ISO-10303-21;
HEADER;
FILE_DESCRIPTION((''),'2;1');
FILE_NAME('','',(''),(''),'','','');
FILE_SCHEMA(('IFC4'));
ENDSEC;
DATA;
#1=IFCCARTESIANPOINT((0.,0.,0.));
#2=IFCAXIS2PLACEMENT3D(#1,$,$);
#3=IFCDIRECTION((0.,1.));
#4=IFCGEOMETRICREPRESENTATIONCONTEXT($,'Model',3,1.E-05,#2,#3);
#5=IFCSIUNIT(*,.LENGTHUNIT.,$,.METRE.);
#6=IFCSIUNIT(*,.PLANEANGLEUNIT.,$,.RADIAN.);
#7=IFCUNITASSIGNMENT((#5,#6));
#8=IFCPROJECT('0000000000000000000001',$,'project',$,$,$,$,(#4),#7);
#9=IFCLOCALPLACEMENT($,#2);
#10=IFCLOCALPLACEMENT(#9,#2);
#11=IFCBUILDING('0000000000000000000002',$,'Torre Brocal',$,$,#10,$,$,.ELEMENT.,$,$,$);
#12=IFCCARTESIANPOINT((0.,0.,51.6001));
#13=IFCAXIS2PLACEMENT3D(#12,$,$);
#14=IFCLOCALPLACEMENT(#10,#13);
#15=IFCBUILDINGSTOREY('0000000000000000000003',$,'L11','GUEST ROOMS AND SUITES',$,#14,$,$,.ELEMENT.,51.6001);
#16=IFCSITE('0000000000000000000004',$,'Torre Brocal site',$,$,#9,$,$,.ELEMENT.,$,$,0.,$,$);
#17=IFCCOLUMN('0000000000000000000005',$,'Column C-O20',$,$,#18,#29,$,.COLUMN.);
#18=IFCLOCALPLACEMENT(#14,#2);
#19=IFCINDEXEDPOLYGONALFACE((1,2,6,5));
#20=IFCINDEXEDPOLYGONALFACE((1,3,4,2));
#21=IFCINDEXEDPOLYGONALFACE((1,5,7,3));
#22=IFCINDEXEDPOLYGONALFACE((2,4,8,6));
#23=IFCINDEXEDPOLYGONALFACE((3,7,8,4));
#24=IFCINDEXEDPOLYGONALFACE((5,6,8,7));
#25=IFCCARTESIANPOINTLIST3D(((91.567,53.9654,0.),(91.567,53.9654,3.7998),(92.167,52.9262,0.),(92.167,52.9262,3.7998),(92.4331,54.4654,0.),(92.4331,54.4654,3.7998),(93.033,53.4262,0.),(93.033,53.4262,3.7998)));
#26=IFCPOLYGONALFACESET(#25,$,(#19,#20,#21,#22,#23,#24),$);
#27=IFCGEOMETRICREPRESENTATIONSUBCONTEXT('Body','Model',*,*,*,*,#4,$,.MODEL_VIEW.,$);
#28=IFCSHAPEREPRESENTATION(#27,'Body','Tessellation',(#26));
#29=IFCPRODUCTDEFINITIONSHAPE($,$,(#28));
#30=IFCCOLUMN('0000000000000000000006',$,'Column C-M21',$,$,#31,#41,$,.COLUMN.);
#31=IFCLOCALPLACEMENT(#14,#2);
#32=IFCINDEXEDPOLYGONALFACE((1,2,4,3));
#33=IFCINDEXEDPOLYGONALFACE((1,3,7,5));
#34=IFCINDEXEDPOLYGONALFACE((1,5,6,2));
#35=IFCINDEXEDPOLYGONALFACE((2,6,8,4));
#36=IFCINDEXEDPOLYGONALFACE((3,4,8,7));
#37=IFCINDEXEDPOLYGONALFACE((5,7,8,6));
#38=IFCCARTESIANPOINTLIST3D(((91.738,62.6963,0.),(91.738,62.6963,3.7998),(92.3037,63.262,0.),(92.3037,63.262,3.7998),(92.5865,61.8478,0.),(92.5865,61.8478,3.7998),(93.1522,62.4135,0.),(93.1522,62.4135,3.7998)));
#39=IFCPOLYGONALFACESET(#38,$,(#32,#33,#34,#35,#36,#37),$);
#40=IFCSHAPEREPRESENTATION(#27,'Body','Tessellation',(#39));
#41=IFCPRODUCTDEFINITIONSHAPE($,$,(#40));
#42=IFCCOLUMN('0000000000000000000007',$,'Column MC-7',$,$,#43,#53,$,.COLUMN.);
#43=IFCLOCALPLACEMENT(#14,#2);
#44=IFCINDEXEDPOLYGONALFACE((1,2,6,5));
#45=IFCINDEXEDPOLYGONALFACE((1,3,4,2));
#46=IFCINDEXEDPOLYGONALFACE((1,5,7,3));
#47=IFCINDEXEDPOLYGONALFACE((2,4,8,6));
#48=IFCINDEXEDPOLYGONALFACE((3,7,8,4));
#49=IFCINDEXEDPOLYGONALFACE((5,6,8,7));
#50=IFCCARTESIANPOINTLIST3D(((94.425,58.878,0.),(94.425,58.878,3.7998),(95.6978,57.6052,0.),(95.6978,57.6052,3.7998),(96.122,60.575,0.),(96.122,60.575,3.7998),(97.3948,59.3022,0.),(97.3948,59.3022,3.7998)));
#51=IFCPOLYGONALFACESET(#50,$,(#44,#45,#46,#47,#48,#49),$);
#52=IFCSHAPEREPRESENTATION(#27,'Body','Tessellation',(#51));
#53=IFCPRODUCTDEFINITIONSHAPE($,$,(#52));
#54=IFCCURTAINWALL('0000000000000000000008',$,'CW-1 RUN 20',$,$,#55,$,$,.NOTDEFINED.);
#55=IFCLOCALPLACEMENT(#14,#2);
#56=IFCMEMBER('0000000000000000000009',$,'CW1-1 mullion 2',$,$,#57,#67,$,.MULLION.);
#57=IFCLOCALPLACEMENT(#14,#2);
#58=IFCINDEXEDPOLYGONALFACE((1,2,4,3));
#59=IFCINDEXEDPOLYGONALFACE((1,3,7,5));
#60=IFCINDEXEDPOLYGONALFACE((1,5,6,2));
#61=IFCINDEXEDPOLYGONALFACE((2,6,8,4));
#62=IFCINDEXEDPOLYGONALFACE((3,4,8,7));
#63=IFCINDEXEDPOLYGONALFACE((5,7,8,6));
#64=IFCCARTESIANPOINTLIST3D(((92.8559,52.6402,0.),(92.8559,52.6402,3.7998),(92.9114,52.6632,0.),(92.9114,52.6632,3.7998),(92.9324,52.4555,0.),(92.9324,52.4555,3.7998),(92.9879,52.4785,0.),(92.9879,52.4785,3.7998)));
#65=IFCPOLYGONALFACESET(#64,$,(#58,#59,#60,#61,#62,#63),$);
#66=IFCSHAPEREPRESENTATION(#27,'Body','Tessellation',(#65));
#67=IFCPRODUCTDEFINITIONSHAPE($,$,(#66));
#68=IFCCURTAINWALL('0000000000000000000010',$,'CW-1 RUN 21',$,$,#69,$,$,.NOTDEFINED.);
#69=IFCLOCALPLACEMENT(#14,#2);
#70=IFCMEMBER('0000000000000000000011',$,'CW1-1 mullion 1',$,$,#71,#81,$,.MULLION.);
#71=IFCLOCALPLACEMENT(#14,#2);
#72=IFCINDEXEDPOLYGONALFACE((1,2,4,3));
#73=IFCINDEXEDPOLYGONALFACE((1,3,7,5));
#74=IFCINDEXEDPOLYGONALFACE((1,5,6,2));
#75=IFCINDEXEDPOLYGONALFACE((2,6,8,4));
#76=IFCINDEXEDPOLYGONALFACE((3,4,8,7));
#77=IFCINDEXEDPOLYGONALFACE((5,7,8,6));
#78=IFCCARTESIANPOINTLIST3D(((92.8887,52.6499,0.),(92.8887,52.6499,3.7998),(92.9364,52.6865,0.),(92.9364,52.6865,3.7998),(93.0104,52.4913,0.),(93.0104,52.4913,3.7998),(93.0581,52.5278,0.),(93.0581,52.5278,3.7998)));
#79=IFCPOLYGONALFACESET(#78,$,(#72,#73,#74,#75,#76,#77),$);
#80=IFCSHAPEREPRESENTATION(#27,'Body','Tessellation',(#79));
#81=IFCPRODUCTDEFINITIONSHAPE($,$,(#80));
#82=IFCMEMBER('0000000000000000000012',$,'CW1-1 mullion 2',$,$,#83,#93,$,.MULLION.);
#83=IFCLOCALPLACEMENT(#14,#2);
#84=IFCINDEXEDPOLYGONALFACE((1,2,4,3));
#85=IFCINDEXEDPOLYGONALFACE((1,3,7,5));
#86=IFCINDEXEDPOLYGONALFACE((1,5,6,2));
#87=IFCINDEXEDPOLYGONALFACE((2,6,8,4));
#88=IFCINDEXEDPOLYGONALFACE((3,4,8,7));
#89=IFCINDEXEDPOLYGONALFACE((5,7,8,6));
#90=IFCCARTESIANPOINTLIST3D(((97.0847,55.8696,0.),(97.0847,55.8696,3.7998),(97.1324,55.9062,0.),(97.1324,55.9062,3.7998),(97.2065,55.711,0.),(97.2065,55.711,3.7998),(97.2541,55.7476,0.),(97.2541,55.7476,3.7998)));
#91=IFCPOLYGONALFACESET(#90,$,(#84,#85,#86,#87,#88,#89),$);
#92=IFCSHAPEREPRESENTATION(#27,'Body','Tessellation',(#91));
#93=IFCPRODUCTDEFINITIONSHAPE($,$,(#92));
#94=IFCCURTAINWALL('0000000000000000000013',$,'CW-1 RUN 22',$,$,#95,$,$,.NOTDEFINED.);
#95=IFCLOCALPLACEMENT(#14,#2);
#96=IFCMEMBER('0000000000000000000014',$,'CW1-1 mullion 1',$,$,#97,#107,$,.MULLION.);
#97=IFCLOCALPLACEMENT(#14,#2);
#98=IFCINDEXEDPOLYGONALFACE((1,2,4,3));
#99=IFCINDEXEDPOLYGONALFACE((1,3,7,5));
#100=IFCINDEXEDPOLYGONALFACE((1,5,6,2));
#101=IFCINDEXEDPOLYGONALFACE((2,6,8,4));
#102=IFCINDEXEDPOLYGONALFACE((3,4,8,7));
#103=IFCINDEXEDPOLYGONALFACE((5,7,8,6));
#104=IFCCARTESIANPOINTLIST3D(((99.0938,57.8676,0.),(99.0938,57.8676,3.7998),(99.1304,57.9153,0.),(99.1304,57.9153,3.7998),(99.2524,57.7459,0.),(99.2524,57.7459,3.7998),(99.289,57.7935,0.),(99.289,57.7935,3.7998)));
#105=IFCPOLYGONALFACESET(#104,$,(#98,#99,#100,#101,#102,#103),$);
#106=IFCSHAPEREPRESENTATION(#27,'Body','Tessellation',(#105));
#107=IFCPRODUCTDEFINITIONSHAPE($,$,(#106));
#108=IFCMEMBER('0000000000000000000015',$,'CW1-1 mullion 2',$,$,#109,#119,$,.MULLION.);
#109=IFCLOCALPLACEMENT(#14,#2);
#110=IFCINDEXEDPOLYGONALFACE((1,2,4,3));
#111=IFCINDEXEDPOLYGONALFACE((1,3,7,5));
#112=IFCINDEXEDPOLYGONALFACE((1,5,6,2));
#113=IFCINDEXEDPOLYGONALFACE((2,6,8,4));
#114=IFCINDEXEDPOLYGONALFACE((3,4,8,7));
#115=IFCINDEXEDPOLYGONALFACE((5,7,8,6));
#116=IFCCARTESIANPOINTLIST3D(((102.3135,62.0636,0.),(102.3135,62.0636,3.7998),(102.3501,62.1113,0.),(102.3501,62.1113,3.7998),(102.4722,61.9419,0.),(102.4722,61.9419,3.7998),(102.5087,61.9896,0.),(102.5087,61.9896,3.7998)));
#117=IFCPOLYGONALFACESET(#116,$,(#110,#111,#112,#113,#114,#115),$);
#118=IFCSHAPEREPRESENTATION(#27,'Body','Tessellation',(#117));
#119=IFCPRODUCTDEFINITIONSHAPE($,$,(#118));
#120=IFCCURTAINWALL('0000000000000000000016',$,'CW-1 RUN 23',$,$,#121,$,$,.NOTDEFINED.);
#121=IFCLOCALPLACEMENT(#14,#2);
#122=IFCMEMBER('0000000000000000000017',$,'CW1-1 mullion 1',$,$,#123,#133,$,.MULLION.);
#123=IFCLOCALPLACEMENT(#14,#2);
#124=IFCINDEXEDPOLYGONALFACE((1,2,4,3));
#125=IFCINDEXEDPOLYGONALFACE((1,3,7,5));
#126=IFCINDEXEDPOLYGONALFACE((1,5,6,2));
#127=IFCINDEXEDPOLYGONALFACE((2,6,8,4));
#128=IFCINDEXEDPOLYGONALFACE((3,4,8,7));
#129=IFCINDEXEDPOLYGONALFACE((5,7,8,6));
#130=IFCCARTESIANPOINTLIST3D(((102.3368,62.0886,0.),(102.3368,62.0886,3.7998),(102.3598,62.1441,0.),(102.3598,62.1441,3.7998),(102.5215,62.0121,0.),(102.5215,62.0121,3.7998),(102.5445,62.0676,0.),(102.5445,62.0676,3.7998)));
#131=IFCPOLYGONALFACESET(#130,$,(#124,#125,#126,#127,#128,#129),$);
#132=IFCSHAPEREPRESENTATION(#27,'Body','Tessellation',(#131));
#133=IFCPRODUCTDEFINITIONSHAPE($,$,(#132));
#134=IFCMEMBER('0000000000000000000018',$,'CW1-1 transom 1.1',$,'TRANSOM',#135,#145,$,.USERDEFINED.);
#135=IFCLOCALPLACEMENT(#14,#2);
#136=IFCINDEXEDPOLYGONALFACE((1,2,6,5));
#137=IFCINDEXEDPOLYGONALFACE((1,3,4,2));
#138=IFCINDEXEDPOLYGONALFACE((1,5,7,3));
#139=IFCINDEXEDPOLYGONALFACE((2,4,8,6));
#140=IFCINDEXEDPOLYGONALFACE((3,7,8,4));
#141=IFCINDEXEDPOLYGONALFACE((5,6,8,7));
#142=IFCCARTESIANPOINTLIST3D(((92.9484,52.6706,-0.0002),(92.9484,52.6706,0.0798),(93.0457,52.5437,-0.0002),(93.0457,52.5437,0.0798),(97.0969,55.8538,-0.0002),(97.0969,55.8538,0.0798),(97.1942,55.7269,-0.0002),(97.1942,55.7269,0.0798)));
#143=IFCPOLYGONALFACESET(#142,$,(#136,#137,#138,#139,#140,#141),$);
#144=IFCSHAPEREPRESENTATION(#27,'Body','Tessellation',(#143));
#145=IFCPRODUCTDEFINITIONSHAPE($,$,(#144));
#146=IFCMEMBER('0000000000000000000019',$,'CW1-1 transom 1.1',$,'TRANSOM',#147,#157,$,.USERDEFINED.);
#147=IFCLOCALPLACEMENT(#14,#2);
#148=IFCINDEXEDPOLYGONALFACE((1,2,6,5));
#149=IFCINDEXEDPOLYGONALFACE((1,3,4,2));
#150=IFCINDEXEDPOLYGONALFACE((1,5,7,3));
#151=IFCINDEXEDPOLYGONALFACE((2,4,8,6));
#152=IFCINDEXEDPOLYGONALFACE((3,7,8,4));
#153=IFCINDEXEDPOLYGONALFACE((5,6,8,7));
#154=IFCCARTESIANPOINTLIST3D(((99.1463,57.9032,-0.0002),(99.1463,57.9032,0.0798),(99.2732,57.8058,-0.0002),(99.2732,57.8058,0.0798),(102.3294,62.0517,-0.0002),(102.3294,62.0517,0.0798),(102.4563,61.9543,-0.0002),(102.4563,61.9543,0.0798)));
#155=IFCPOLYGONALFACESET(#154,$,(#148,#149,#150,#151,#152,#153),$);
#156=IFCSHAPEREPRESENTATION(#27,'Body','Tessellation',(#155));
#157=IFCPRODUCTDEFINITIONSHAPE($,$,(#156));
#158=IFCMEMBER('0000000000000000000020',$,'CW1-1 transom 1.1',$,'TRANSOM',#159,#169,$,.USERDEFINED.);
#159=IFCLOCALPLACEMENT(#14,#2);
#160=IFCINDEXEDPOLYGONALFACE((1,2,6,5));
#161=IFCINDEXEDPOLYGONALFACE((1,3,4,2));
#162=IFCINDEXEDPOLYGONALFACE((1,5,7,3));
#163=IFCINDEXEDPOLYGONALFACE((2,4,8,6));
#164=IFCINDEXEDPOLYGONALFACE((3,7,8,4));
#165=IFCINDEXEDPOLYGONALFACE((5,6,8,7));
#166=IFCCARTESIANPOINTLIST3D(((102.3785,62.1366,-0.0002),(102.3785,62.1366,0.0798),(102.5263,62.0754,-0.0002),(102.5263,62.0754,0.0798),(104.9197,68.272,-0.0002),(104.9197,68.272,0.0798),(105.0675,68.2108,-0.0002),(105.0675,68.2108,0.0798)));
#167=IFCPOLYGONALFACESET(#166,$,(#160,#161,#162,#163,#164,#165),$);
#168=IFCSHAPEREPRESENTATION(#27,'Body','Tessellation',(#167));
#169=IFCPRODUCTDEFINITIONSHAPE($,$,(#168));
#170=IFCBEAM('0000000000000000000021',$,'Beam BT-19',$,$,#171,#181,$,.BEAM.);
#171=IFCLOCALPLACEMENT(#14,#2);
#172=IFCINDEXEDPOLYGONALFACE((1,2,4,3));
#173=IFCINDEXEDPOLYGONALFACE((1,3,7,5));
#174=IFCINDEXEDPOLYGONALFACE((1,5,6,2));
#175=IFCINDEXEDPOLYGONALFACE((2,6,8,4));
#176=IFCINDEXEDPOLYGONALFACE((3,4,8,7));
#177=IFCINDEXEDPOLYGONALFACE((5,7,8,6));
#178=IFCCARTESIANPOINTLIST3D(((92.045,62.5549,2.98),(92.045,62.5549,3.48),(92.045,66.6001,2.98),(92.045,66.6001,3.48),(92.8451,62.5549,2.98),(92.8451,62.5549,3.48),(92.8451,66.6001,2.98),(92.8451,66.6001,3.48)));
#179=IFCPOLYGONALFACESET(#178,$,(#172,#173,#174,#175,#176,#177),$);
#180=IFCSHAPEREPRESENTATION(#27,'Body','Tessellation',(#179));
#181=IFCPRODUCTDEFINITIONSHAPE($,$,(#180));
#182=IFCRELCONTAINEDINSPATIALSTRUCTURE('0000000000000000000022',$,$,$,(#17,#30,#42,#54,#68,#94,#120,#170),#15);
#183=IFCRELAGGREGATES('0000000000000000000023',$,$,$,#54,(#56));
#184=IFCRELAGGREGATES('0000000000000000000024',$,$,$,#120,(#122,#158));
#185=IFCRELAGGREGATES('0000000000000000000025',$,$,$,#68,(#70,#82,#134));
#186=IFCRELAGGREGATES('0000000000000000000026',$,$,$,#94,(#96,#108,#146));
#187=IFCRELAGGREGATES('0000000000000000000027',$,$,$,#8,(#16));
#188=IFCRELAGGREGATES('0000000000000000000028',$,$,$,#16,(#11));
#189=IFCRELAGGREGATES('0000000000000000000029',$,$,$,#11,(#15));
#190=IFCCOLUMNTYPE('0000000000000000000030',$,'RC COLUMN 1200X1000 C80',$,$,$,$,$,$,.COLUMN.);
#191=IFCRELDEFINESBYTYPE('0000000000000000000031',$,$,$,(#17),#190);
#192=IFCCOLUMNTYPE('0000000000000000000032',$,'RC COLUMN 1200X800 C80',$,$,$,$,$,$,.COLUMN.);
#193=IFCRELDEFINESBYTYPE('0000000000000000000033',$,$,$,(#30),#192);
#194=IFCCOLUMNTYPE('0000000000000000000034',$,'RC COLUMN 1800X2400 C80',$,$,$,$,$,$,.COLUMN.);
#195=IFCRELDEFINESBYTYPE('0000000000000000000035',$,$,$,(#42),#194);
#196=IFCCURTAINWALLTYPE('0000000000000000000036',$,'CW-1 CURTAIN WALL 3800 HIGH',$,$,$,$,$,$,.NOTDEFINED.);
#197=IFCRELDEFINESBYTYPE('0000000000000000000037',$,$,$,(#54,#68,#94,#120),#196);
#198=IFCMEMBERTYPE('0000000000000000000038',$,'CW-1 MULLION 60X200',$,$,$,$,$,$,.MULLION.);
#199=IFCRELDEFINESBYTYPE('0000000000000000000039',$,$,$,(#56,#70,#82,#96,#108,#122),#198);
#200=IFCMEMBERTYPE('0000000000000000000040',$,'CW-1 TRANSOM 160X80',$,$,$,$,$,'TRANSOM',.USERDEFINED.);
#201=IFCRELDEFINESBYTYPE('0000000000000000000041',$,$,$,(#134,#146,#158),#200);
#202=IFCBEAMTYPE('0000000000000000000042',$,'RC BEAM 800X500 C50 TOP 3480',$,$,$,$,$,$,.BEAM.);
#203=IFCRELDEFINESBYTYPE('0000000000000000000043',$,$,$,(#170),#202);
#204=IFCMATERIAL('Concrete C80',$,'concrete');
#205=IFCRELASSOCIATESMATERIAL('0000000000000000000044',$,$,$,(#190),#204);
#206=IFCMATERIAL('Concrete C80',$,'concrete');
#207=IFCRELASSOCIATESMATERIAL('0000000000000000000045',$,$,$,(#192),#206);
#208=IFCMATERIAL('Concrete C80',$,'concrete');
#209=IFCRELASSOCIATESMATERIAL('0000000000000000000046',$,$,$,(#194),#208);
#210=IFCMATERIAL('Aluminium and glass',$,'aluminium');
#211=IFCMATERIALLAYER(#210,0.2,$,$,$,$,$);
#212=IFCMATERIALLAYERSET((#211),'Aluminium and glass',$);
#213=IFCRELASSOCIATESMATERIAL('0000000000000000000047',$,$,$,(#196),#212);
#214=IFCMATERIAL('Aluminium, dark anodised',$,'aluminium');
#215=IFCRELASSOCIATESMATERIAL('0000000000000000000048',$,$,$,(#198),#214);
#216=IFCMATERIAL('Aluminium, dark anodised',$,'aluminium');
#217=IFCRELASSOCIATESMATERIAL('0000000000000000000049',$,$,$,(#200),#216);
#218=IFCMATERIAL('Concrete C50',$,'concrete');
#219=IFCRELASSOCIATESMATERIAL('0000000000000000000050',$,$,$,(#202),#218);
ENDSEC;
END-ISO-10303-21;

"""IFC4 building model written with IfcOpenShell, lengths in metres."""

from ifc_helpers import new_model, si_unit, direction, frame, origin, origin_2d, place, context, subcontext, project, spatial, rectangle, extrude, material, layer, layer_set, material_profile, profile_set, type_object, element, aggregate, save


model = new_model("IFC4")

# Units and contexts
model_context = context("Model", 3, precision=1e-05, world=origin(), true_north=direction((0.0, 1.0)))
body_context = subcontext(model_context, "Body", "Model", "MODEL_VIEW")
ifc_project = project(units=[si_unit("LENGTHUNIT", "METRE"), si_unit("PLANEANGLEUNIT", "RADIAN")], contexts=[model_context])

# Site, building, storey
site_placement = place(None, origin())
site = spatial("IfcSite", under=ifc_project, at=site_placement, Name="Torre Brocal site", CompositionType="ELEMENT", RefElevation=0.0)
building_placement = place(site_placement, origin())
building = spatial("IfcBuilding", under=site, at=building_placement, Name="Torre Brocal", CompositionType="ELEMENT")
storey_placement = place(building_placement, frame((0.0, 0.0, 51.6001)))
storey = spatial("IfcBuildingStorey", under=building, at=storey_placement, Name="L11", Description="GUEST ROOMS AND SUITES", CompositionType="ELEMENT", Elevation=51.6001)

# Columns
ifc_material_1 = material(Name="Concrete C80", Category="concrete")
ifc_material_profile_1 = material_profile(ifc_material_1, rectangle(XDim=1.2, YDim=1.0, at=origin_2d()), Name="RC 1200X1000")
ifc_profile_set_1 = profile_set([ifc_material_profile_1], Name="Concrete C80")
column_type_1 = type_object("IfcColumnType", Name="RC COLUMN 1200X1000 C80", PredefinedType="COLUMN", material=ifc_profile_set_1)
column_1_placement = place(storey_placement, frame((92.3, 53.6958, 0.0), z_axis=(0.0, 0.0, 1.0), x_axis=(0.5, -0.866025, 0.0)))
element("IfcColumn", 1, at=column_1_placement, inside=storey, type_object=column_type_1, Name="Column C-O20", PredefinedType="COLUMN", context=body_context, shape_type="SweptSolid", body=[
    extrude(rectangle(XDim=1.2, YDim=1.0, at=origin_2d()), origin(), (0.0, 0.0, 1.0), 3.7998),
])
ifc_material_2 = material(Name="Concrete C80", Category="concrete")
ifc_material_profile_2 = material_profile(ifc_material_2, rectangle(XDim=1.2, YDim=0.8, at=origin_2d()), Name="RC 1200X800")
ifc_profile_set_2 = profile_set([ifc_material_profile_2], Name="Concrete C80")
column_type_2 = type_object("IfcColumnType", Name="RC COLUMN 1200X800 C80", PredefinedType="COLUMN", material=ifc_profile_set_2)
column_2_placement = place(storey_placement, frame((92.4451, 62.5549, 0.0), z_axis=(0.0, 0.0, 1.0), x_axis=(0.707107, -0.707107, 0.0)))
element("IfcColumn", 2, at=column_2_placement, inside=storey, type_object=column_type_2, Name="Column C-M21", PredefinedType="COLUMN", context=body_context, shape_type="SweptSolid", body=[
    extrude(rectangle(XDim=1.2, YDim=0.8, at=origin_2d()), origin(), (0.0, 0.0, 1.0), 3.7998),
])
ifc_material_3 = material(Name="Concrete C80", Category="concrete")
ifc_material_profile_3 = material_profile(ifc_material_3, rectangle(XDim=1.8, YDim=2.3999, at=origin_2d()), Name="RC 1800X2400")
ifc_profile_set_3 = profile_set([ifc_material_profile_3], Name="Concrete C80")
column_type_3 = type_object("IfcColumnType", Name="RC COLUMN 1800X2400 C80", PredefinedType="COLUMN", material=ifc_profile_set_3)
column_3_placement = place(storey_placement, frame((95.9099, 59.0901, 0.0), z_axis=(0.0, 0.0, 1.0), x_axis=(0.707107, -0.707107, 0.0)))
element("IfcColumn", 3, at=column_3_placement, inside=storey, type_object=column_type_3, Name="Column MC-7", PredefinedType="COLUMN", context=body_context, shape_type="SweptSolid", body=[
    extrude(rectangle(XDim=1.8, YDim=2.3999, at=origin_2d()), origin(), (0.0, 0.0, 1.0), 3.7998),
])

# Curtain wall, member
ifc_material_4 = material(Name="Aluminium and glass", Category="aluminium")
ifc_layer_1 = layer(ifc_material_4, 0.2)
ifc_layer_set_1 = layer_set([ifc_layer_1], Name="Aluminium and glass")
curtain_wall_type = type_object("IfcCurtainWallType", Name="CW-1 CURTAIN WALL 3800 HIGH", PredefinedType="NOTDEFINED", material=ifc_layer_set_1)
curtain_wall_1_placement = place(storey_placement, origin())
curtain_wall_1 = element("IfcCurtainWall", 4, at=curtain_wall_1_placement, inside=storey, type_object=curtain_wall_type, Name="CW-1 RUN 20", PredefinedType="NOTDEFINED")
ifc_material_5 = material(Name="Aluminium, dark anodised", Category="aluminium")
ifc_material_profile_4 = material_profile(ifc_material_5, rectangle(XDim=0.2, YDim=0.0601, at=origin_2d()), Name="CW-1 MULLION 60X200")
ifc_profile_set_4 = profile_set([ifc_material_profile_4], Name="Aluminium, dark anodised")
member_type_1 = type_object("IfcMemberType", Name="CW-1 MULLION 60X200", PredefinedType="MULLION", material=ifc_profile_set_4)
member_1_placement = place(storey_placement, frame((92.9219, 52.5593, 0.0), z_axis=(0.0, 0.0, 1.0), x_axis=(-0.382683, 0.92388, 0.0)))
member_1 = element("IfcMember", 5, at=member_1_placement, type_object=member_type_1, Name="CW1-1 mullion 2", PredefinedType="MULLION", context=body_context, shape_type="SweptSolid", body=[
    extrude(rectangle(XDim=0.2, YDim=0.0601, at=origin_2d()), origin(), (0.0, 0.0, 1.0), 3.7998),
])
aggregate(curtain_wall_1, [member_1])

# Curtain walls, members
curtain_wall_2_placement = place(storey_placement, origin())
curtain_wall_2 = element("IfcCurtainWall", 6, at=curtain_wall_2_placement, inside=storey, type_object=curtain_wall_type, Name="CW-1 RUN 21", PredefinedType="NOTDEFINED")
member_2_placement = place(storey_placement, frame((92.9734, 52.5889, 0.0), z_axis=(0.0, 0.0, 1.0), x_axis=(-0.608761, 0.793353, 0.0)))
member_2 = element("IfcMember", 7, at=member_2_placement, type_object=member_type_1, Name="CW1-1 mullion 1", PredefinedType="MULLION", context=body_context, shape_type="SweptSolid", body=[
    extrude(rectangle(XDim=0.2, YDim=0.0601, at=origin_2d()), origin(), (0.0, 0.0, 1.0), 3.7998),
])
member_3_placement = place(storey_placement, frame((97.1694, 55.8086, 0.0), z_axis=(0.0, 0.0, 1.0), x_axis=(-0.608761, 0.793353, 0.0)))
member_3 = element("IfcMember", 8, at=member_3_placement, type_object=member_type_1, Name="CW1-1 mullion 2", PredefinedType="MULLION", context=body_context, shape_type="SweptSolid", body=[
    extrude(rectangle(XDim=0.2, YDim=0.0601, at=origin_2d()), origin(), (0.0, 0.0, 1.0), 3.7998),
])
curtain_wall_3_placement = place(storey_placement, origin())
curtain_wall_3 = element("IfcCurtainWall", 9, at=curtain_wall_3_placement, inside=storey, type_object=curtain_wall_type, Name="CW-1 RUN 22", PredefinedType="NOTDEFINED")
member_4_placement = place(storey_placement, frame((99.1914, 57.8306, 0.0), z_axis=(0.0, 0.0, 1.0), x_axis=(-0.793353, 0.608761, 0.0)))
member_4 = element("IfcMember", 10, at=member_4_placement, type_object=member_type_1, Name="CW1-1 mullion 1", PredefinedType="MULLION", context=body_context, shape_type="SweptSolid", body=[
    extrude(rectangle(XDim=0.2, YDim=0.0601, at=origin_2d()), origin(), (0.0, 0.0, 1.0), 3.7998),
])
member_5_placement = place(storey_placement, frame((102.4111, 62.0266, 0.0), z_axis=(0.0, 0.0, 1.0), x_axis=(-0.793353, 0.608761, 0.0)))
member_5 = element("IfcMember", 11, at=member_5_placement, type_object=member_type_1, Name="CW1-1 mullion 2", PredefinedType="MULLION", context=body_context, shape_type="SweptSolid", body=[
    extrude(rectangle(XDim=0.2, YDim=0.0601, at=origin_2d()), origin(), (0.0, 0.0, 1.0), 3.7998),
])

# Curtain wall, member
curtain_wall_4_placement = place(storey_placement, origin())
curtain_wall_4 = element("IfcCurtainWall", 12, at=curtain_wall_4_placement, inside=storey, type_object=curtain_wall_type, Name="CW-1 RUN 23", PredefinedType="NOTDEFINED")
member_6_placement = place(storey_placement, frame((102.4407, 62.0781, 0.0), z_axis=(0.0, 0.0, 1.0), x_axis=(-0.92388, 0.382683, 0.0)))
member_6 = element("IfcMember", 13, at=member_6_placement, type_object=member_type_1, Name="CW1-1 mullion 1", PredefinedType="MULLION", context=body_context, shape_type="SweptSolid", body=[
    extrude(rectangle(XDim=0.2, YDim=0.0601, at=origin_2d()), origin(), (0.0, 0.0, 1.0), 3.7998),
])

# Members
ifc_material_6 = material(Name="Aluminium, dark anodised", Category="aluminium")
ifc_material_profile_5 = material_profile(ifc_material_6, rectangle(XDim=0.1599, YDim=0.0801, at=origin_2d()), Name="CW-1 TRANSOM 160X80")
ifc_profile_set_5 = profile_set([ifc_material_profile_5], Name="Aluminium, dark anodised")
member_type_2 = type_object("IfcMemberType", Name="CW-1 TRANSOM 160X80", ElementType="TRANSOM", PredefinedType="USERDEFINED", material=ifc_profile_set_5)
member_7_placement = place(storey_placement, frame((92.9971, 52.6072, 0.0398), z_axis=(0.793363, 0.608749, 0.0), x_axis=(-0.608749, 0.793363, 0.0)))
member_7 = element("IfcMember", 14, at=member_7_placement, type_object=member_type_2, Name="CW1-1 transom 1.1", ObjectType="TRANSOM", PredefinedType="USERDEFINED", context=body_context, shape_type="SweptSolid", body=[
    extrude(rectangle(XDim=0.1599, YDim=0.0801, at=origin_2d()), origin(), (0.0, 0.0, 1.0), 5.229),
])
member_8_placement = place(storey_placement, frame((99.2097, 57.8545, 0.0398), z_axis=(0.608749, 0.793363, 0.0), x_axis=(-0.793363, 0.608749, 0.0)))
member_8 = element("IfcMember", 15, at=member_8_placement, type_object=member_type_2, Name="CW1-1 transom 1.1", ObjectType="TRANSOM", PredefinedType="USERDEFINED", context=body_context, shape_type="SweptSolid", body=[
    extrude(rectangle(XDim=0.1599, YDim=0.0801, at=origin_2d()), origin(), (0.0, 0.0, 1.0), 5.229),
])
member_9_placement = place(storey_placement, frame((102.4524, 62.106, 0.0398), z_axis=(0.382665, 0.923887, 0.0), x_axis=(-0.923887, 0.382665, 0.0)))
member_9 = element("IfcMember", 16, at=member_9_placement, type_object=member_type_2, Name="CW1-1 transom 1.1", ObjectType="TRANSOM", PredefinedType="USERDEFINED", context=body_context, shape_type="SweptSolid", body=[
    extrude(rectangle(XDim=0.1599, YDim=0.0801, at=origin_2d()), origin(), (0.0, 0.0, 1.0), 6.6409),
])
aggregate(curtain_wall_4, [member_6, member_9])

# Beam
ifc_material_7 = material(Name="Concrete C50", Category="concrete")
ifc_material_profile_6 = material_profile(ifc_material_7, rectangle(XDim=0.8, YDim=0.5, at=origin_2d()), Name="RC 800X500")
ifc_profile_set_6 = profile_set([ifc_material_profile_6], Name="Concrete C50")
beam_type_1 = type_object("IfcBeamType", Name="RC BEAM 800X500 C50 TOP 3480", PredefinedType="BEAM", material=ifc_profile_set_6)
beam_placement = place(storey_placement, frame((92.4451, 62.5549, 3.23), z_axis=(0.0, 1.0, 0.0), x_axis=(-1.0, 0.0, 0.0)))
element("IfcBeam", 17, at=beam_placement, inside=storey, type_object=beam_type_1, Name="Beam BT-19", PredefinedType="BEAM", context=body_context, shape_type="SweptSolid", body=[
    extrude(rectangle(XDim=0.8, YDim=0.5, at=origin_2d()), origin(), (0.0, 0.0, 1.0), 4.0452),
])

aggregate(curtain_wall_2, [member_2, member_3, member_7])
aggregate(curtain_wall_3, [member_4, member_5, member_8])

save(model, "model.ifc")
